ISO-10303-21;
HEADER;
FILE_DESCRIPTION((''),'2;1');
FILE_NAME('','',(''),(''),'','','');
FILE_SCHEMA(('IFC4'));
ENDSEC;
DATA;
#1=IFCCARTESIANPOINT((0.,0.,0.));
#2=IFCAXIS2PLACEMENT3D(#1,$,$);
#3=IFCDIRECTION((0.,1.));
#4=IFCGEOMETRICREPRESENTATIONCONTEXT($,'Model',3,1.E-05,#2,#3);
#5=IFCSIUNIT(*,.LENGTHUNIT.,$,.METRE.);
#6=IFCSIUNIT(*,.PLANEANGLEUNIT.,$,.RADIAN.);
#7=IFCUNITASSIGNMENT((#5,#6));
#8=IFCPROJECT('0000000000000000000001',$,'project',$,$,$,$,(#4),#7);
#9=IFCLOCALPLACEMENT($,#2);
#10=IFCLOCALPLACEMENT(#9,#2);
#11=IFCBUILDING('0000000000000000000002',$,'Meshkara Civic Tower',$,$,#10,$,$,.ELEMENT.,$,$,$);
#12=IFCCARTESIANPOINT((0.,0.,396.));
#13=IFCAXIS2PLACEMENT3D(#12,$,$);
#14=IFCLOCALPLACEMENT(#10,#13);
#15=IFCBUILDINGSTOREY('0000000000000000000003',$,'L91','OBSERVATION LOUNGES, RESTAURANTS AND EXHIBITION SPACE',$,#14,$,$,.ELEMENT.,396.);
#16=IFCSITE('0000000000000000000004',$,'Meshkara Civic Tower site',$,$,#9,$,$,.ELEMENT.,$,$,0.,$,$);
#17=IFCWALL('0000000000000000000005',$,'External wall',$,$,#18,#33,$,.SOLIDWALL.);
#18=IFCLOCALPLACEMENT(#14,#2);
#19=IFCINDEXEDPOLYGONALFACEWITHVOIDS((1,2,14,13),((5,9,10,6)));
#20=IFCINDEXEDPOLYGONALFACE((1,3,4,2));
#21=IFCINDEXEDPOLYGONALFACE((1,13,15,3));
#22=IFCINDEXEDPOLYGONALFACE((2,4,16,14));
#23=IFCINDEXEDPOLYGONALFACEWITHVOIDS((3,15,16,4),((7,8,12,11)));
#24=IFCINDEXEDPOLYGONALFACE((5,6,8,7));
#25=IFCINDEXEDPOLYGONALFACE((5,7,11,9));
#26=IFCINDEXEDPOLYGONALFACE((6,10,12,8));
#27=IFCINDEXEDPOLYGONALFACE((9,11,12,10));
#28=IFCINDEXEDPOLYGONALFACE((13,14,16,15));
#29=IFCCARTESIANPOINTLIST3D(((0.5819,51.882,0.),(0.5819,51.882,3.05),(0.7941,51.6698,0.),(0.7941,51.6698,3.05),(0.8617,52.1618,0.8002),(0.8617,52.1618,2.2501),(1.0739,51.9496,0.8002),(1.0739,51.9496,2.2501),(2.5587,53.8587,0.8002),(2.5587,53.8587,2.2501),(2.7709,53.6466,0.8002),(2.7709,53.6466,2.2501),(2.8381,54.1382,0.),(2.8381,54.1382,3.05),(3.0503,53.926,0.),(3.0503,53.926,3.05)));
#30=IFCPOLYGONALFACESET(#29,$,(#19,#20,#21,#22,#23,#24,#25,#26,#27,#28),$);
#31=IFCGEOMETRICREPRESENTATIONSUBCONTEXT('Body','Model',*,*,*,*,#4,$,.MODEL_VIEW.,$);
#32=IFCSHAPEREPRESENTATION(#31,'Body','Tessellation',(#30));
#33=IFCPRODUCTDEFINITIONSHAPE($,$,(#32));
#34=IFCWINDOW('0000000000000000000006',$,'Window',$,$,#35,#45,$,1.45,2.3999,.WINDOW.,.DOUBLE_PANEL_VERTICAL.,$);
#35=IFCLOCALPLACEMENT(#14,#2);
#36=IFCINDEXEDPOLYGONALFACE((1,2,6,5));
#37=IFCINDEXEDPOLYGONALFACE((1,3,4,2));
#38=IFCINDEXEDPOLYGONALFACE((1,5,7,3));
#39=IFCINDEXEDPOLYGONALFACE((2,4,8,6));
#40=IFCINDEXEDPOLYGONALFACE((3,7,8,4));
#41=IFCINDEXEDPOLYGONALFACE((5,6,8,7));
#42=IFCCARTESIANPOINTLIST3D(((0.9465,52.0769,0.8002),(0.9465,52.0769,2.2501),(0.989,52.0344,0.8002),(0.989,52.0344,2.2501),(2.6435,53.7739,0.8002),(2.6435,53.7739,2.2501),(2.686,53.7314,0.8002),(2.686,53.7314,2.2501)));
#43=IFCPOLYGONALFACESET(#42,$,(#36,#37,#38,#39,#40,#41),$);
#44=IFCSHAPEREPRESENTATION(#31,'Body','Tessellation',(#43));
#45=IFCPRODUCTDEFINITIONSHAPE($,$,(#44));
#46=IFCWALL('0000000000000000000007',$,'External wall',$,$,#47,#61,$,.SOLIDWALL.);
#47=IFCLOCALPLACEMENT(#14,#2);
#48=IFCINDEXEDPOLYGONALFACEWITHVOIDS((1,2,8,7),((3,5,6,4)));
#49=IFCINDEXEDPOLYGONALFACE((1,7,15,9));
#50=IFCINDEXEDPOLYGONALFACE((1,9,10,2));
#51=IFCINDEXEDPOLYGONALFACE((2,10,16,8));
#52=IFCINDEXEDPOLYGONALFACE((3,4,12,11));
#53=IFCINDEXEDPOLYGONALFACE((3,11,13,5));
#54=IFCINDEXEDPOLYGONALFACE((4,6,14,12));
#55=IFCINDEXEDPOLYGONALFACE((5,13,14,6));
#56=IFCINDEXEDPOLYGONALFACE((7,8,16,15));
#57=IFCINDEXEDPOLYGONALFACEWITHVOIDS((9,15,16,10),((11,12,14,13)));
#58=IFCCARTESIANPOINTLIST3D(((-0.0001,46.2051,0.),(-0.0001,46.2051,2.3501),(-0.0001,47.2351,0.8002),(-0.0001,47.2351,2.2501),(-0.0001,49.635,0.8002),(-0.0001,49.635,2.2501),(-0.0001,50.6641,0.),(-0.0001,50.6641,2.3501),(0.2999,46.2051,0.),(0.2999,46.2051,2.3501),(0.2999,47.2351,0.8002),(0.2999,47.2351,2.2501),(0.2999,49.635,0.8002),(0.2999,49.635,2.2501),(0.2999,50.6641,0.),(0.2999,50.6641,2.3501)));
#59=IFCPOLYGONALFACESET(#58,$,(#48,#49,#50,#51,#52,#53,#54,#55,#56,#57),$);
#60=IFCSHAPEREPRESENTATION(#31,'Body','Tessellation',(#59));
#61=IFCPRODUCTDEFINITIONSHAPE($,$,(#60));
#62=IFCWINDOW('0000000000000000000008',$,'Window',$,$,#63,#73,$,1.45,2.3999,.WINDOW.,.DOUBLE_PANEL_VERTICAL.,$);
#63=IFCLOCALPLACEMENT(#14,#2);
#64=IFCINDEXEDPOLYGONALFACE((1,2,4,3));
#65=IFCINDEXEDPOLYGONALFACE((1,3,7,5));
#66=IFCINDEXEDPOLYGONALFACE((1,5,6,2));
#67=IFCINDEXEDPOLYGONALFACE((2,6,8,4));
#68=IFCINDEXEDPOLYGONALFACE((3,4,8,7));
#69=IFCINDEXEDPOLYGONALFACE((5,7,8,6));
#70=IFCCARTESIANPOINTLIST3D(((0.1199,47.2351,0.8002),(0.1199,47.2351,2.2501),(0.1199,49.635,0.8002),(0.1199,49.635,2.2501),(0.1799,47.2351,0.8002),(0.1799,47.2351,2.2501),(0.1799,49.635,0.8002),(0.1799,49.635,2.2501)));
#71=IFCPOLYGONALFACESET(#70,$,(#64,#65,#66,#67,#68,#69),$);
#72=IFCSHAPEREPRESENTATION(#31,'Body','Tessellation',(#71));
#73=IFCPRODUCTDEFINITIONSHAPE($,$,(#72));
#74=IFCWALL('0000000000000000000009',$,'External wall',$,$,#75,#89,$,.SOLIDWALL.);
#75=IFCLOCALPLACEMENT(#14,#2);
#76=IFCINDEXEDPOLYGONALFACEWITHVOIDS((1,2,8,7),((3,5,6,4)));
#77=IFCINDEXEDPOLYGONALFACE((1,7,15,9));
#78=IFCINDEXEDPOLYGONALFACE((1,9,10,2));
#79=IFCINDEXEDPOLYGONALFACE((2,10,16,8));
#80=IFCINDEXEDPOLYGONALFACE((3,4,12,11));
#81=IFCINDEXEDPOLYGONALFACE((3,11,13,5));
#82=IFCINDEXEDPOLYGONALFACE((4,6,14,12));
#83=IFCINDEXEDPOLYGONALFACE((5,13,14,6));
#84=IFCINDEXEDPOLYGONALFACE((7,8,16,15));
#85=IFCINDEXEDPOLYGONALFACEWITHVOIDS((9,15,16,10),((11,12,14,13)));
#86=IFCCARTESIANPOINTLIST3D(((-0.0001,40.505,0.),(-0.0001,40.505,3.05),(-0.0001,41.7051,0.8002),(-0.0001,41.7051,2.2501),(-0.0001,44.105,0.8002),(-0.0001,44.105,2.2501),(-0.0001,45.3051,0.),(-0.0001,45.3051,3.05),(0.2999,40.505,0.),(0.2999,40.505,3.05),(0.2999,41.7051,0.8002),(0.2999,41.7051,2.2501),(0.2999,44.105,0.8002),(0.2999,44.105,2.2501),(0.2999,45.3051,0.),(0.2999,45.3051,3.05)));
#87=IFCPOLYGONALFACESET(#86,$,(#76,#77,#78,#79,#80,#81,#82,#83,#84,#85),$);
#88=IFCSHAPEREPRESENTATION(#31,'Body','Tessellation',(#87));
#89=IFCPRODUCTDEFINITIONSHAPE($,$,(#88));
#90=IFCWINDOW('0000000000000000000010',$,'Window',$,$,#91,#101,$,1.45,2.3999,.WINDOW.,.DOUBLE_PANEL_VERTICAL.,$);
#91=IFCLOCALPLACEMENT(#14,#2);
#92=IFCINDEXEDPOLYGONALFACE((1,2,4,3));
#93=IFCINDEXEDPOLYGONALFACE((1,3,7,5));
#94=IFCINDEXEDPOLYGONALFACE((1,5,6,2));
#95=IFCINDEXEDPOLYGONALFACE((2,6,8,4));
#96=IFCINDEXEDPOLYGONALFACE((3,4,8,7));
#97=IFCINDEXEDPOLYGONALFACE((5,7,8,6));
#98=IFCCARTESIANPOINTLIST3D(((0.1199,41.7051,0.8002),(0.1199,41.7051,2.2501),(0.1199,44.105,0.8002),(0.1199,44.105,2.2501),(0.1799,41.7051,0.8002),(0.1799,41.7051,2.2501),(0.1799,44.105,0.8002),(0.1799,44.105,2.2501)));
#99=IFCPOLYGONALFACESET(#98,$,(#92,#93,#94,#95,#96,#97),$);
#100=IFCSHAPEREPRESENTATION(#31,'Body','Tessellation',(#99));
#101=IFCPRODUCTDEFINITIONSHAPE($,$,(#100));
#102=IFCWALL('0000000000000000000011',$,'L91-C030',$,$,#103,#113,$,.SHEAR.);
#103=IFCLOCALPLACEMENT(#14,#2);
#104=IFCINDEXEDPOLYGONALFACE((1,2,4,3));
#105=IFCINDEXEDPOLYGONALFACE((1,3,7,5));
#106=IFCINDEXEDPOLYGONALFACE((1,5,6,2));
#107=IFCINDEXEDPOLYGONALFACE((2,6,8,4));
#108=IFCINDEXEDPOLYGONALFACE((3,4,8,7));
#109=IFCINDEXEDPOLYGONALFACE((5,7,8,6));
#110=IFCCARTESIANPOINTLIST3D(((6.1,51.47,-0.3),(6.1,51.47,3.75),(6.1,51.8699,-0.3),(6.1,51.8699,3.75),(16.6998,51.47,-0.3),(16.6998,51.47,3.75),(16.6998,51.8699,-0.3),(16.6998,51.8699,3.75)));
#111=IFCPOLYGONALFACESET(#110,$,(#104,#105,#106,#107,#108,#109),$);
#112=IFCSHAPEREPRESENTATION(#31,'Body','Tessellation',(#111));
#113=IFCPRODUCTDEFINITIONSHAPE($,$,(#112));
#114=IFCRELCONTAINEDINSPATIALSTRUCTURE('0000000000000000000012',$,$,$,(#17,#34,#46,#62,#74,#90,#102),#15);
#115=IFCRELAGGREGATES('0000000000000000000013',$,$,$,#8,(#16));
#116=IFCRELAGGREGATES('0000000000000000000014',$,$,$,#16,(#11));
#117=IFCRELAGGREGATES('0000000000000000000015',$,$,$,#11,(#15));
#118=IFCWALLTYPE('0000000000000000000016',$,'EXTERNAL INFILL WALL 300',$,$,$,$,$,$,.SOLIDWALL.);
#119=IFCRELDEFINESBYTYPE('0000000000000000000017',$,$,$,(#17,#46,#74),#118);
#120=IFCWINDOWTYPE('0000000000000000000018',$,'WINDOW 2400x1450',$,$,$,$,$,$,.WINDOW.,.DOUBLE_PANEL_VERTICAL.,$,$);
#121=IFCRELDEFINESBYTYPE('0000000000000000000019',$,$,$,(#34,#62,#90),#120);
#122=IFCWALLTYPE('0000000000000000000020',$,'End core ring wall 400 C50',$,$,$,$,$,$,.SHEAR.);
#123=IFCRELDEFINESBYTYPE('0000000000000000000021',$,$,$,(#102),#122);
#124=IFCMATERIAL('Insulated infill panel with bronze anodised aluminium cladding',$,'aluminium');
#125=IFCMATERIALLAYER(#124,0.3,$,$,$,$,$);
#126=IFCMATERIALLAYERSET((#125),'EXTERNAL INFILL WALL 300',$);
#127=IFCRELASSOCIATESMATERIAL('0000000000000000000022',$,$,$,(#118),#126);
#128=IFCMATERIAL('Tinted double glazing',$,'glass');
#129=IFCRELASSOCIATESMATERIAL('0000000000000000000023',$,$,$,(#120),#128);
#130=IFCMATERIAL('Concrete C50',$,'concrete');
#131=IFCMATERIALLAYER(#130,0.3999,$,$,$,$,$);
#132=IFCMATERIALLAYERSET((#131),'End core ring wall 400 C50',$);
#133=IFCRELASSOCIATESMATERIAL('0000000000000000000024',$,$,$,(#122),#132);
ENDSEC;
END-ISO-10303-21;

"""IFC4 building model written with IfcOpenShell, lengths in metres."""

from ifc_helpers import new_model, si_unit, direction, frame, frame_2d, origin, place, context, subcontext, project, spatial, rectangle, extrude, material, layer, layer_set, type_object, element, fill, save


model = new_model("IFC4")

# Units and contexts
model_context = context("Model", 3, precision=1e-05, world=origin(), true_north=direction((0.0, 1.0)))
body_context = subcontext(model_context, "Body", "Model", "MODEL_VIEW")
ifc_project = project(units=[si_unit("LENGTHUNIT", "METRE"), si_unit("PLANEANGLEUNIT", "RADIAN")], contexts=[model_context])

# Site, building, storey
site_placement = place(None, origin())
site = spatial("IfcSite", under=ifc_project, at=site_placement, Name="Meshkara Civic Tower site", CompositionType="ELEMENT", RefElevation=0.0)
building_placement = place(site_placement, origin())
building = spatial("IfcBuilding", under=site, at=building_placement, Name="Meshkara Civic Tower", CompositionType="ELEMENT")
storey_placement = place(building_placement, frame((0.0, 0.0, 396.0)))
storey = spatial("IfcBuildingStorey", under=building, at=storey_placement, Name="L91", Description="OBSERVATION LOUNGES, RESTAURANTS AND EXHIBITION SPACE", CompositionType="ELEMENT", Elevation=396.0)

# Walls, openings, windows
ifc_material_1 = material(Name="Insulated infill panel with bronze anodised aluminium cladding", Category="aluminium")
ifc_layer_1 = layer(ifc_material_1, 0.3)
ifc_layer_set_1 = layer_set([ifc_layer_1], Name="EXTERNAL INFILL WALL 300")
wall_type_1 = type_object("IfcWallType", Name="EXTERNAL INFILL WALL 300", PredefinedType="SOLIDWALL", material=ifc_layer_set_1)
ifc_material_2 = material(Name="Tinted double glazing", Category="glass")
window_type = type_object("IfcWindowType", Name="WINDOW 2400x1450", PartitioningType="DOUBLE_PANEL_VERTICAL", PredefinedType="WINDOW", material=ifc_material_2)
wall_1_placement = place(storey_placement, frame((2.9441, 54.032, 0.0), z_axis=(0.0, 0.0, 1.0), x_axis=(-0.707107, -0.707107, 0.0)))
wall_1 = element("IfcWall", 1, at=wall_1_placement, inside=storey, type_object=wall_type_1, Name="External wall", PredefinedType="SOLIDWALL", context=body_context, shape_type="SweptSolid", body=[
    extrude(rectangle(XDim=3.1907, YDim=0.3, at=frame_2d((1.5952, 0.0))), origin(), (0.0, 0.0, 1.0), 3.05),
])
opening_1_placement = place(wall_1_placement, frame((0.395, 0.0, 0.8)))
opening_1 = element("IfcOpeningElement", 2, at=opening_1_placement, cuts=wall_1, PredefinedType="OPENING", context=body_context, shape_type="SweptSolid", body=[
    extrude(rectangle(XDim=2.3999, YDim=1.45, at=frame_2d((1.2, 0.7251))), frame((0.0, 0.1599, 0.0), z_axis=(0.0, -1.0, 0.0), x_axis=(1.0, 0.0, 0.0)), (0.0, 0.0, 1.0), 0.3201),
])
window_1_placement = place(opening_1_placement, origin())
window_1 = element("IfcWindow", 3, at=window_1_placement, inside=storey, type_object=window_type, Name="Window", OverallHeight=1.45, OverallWidth=2.3999, PartitioningType="DOUBLE_PANEL_VERTICAL", PredefinedType="WINDOW", context=body_context, shape_type="SweptSolid", body=[
    extrude(rectangle(XDim=2.3999, YDim=1.45, at=frame_2d((1.2, 0.7251))), frame((0.0, 0.03, 0.0), z_axis=(0.0, -1.0, 0.0), x_axis=(1.0, 0.0, 0.0)), (0.0, 0.0, 1.0), 0.0601),
])
fill(opening_1, window_1)
wall_2_placement = place(storey_placement, frame((0.1499, 50.6641, 0.0), z_axis=(0.0, 0.0, 1.0), x_axis=(0.0, -1.0, 0.0)))
wall_2 = element("IfcWall", 4, at=wall_2_placement, inside=storey, type_object=wall_type_1, Name="External wall", PredefinedType="SOLIDWALL", context=body_context, shape_type="SweptSolid", body=[
    extrude(rectangle(XDim=4.459, YDim=0.3, at=frame_2d((2.2295, 0.0))), origin(), (0.0, 0.0, 1.0), 2.3501),
])
opening_2_placement = place(wall_2_placement, frame((1.0291, 0.0, 0.8)))
opening_2 = element("IfcOpeningElement", 5, at=opening_2_placement, cuts=wall_2, PredefinedType="OPENING", context=body_context, shape_type="SweptSolid", body=[
    extrude(rectangle(XDim=2.3999, YDim=1.45, at=frame_2d((1.2, 0.7251))), frame((0.0, 0.1599, 0.0), z_axis=(0.0, -1.0, 0.0), x_axis=(1.0, 0.0, 0.0)), (0.0, 0.0, 1.0), 0.3201),
])
window_2_placement = place(opening_2_placement, origin())
window_2 = element("IfcWindow", 6, at=window_2_placement, inside=storey, type_object=window_type, Name="Window", OverallHeight=1.45, OverallWidth=2.3999, PartitioningType="DOUBLE_PANEL_VERTICAL", PredefinedType="WINDOW", context=body_context, shape_type="SweptSolid", body=[
    extrude(rectangle(XDim=2.3999, YDim=1.45, at=frame_2d((1.2, 0.7251))), frame((0.0, 0.03, 0.0), z_axis=(0.0, -1.0, 0.0), x_axis=(1.0, 0.0, 0.0)), (0.0, 0.0, 1.0), 0.0601),
])
fill(opening_2, window_2)
wall_3_placement = place(storey_placement, frame((0.1499, 45.3049, 0.0), z_axis=(0.0, 0.0, 1.0), x_axis=(0.0, -1.0, 0.0)))
wall_3 = element("IfcWall", 7, at=wall_3_placement, inside=storey, type_object=wall_type_1, Name="External wall", PredefinedType="SOLIDWALL", context=body_context, shape_type="SweptSolid", body=[
    extrude(rectangle(XDim=4.8, YDim=0.3, at=frame_2d((2.3999, 0.0))), origin(), (0.0, 0.0, 1.0), 3.05),
])
opening_3_placement = place(wall_3_placement, frame((1.2, 0.0, 0.8)))
opening_3 = element("IfcOpeningElement", 8, at=opening_3_placement, cuts=wall_3, PredefinedType="OPENING", context=body_context, shape_type="SweptSolid", body=[
    extrude(rectangle(XDim=2.3999, YDim=1.45, at=frame_2d((1.2, 0.7251))), frame((0.0, 0.1599, 0.0), z_axis=(0.0, -1.0, 0.0), x_axis=(1.0, 0.0, 0.0)), (0.0, 0.0, 1.0), 0.3201),
])
window_3_placement = place(opening_3_placement, origin())
window_3 = element("IfcWindow", 9, at=window_3_placement, inside=storey, type_object=window_type, Name="Window", OverallHeight=1.45, OverallWidth=2.3999, PartitioningType="DOUBLE_PANEL_VERTICAL", PredefinedType="WINDOW", context=body_context, shape_type="SweptSolid", body=[
    extrude(rectangle(XDim=2.3999, YDim=1.45, at=frame_2d((1.2, 0.7251))), frame((0.0, 0.03, 0.0), z_axis=(0.0, -1.0, 0.0), x_axis=(1.0, 0.0, 0.0)), (0.0, 0.0, 1.0), 0.0601),
])
fill(opening_3, window_3)

# Wall
ifc_material_3 = material(Name="Concrete C50", Category="concrete")
ifc_layer_2 = layer(ifc_material_3, 0.3999)
ifc_layer_set_2 = layer_set([ifc_layer_2], Name="End core ring wall 400 C50")
wall_type_2 = type_object("IfcWallType", Name="End core ring wall 400 C50", PredefinedType="SHEAR", material=ifc_layer_set_2)
wall_4_placement = place(storey_placement, frame((6.1001, 51.6699, -0.3), z_axis=(0.0, 0.0, 1.0), x_axis=(1.0, 0.0, 0.0)))
element("IfcWall", 10, at=wall_4_placement, inside=storey, type_object=wall_type_2, Name="L91-C030", PredefinedType="SHEAR", context=body_context, shape_type="SweptSolid", body=[
    extrude(rectangle(XDim=10.5999, YDim=0.3999, at=frame_2d((5.2998, 0.0))), origin(), (0.0, 0.0, 1.0), 4.05),
])

save(model, "model.ifc")
